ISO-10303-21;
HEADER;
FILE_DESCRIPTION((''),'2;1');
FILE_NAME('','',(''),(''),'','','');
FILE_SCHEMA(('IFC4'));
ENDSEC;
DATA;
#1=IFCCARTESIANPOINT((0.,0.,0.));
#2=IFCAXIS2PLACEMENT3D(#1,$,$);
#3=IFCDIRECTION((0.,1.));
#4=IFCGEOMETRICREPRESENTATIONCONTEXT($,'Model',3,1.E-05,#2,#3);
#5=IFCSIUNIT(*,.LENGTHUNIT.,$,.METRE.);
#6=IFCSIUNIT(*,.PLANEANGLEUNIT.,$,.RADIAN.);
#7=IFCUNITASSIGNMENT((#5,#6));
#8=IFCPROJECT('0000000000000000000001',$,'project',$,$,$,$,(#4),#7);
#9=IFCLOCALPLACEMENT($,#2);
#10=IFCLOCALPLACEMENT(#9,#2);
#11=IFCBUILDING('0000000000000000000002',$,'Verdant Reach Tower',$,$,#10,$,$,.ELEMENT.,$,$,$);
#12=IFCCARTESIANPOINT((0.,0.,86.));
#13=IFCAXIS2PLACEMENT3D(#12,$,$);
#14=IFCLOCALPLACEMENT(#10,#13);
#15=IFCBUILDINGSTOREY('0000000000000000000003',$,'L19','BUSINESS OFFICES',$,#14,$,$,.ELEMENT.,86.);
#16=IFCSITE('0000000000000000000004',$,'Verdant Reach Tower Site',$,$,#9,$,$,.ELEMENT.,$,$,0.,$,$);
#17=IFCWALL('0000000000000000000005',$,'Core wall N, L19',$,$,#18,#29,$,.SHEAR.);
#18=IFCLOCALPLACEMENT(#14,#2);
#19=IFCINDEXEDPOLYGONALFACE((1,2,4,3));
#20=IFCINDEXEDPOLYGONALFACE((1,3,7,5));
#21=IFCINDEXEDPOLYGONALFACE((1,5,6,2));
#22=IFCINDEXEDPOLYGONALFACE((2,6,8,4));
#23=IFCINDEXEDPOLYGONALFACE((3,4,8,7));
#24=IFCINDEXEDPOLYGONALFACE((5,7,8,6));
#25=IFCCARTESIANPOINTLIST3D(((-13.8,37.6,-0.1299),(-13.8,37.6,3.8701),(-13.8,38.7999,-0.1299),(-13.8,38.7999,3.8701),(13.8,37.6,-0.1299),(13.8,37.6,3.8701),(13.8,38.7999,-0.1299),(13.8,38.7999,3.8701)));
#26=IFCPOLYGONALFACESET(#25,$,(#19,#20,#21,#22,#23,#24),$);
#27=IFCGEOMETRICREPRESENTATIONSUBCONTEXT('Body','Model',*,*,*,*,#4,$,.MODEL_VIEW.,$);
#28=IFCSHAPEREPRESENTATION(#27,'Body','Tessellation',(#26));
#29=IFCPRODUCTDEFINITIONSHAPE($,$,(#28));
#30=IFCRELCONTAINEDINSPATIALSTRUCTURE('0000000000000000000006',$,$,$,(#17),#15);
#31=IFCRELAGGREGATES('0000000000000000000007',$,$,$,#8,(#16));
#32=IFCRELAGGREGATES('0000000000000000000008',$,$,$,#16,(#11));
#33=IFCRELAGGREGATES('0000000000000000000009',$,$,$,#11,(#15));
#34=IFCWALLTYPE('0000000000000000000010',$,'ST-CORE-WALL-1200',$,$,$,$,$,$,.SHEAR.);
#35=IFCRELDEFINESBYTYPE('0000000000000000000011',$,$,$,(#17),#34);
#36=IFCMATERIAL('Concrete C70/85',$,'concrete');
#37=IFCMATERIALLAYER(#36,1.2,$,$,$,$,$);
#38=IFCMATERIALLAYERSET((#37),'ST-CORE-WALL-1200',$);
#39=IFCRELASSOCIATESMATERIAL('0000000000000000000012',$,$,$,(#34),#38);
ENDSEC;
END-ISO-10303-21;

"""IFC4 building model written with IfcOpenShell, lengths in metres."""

from ifc_helpers import new_model, si_unit, direction, frame, frame_2d, origin, place, context, subcontext, project, spatial, rectangle, extrude, material, layer, layer_set, type_object, element, save


model = new_model("IFC4")

# Units and contexts
model_context = context("Model", 3, precision=1e-05, world=origin(), true_north=direction((0.0, 1.0)))
body_context = subcontext(model_context, "Body", "Model", "MODEL_VIEW")
ifc_project = project(units=[si_unit("LENGTHUNIT", "METRE"), si_unit("PLANEANGLEUNIT", "RADIAN")], contexts=[model_context])

# Site, building, storey
site_placement = place(None, origin())
site = spatial("IfcSite", under=ifc_project, at=site_placement, Name="Verdant Reach Tower Site", CompositionType="ELEMENT", RefElevation=0.0)
building_placement = place(site_placement, origin())
building = spatial("IfcBuilding", under=site, at=building_placement, Name="Verdant Reach Tower", CompositionType="ELEMENT")
storey_placement = place(building_placement, frame((0.0, 0.0, 86.0)))
storey = spatial("IfcBuildingStorey", under=building, at=storey_placement, Name="L19", Description="BUSINESS OFFICES", CompositionType="ELEMENT", Elevation=86.0)

# Wall
ifc_material_1 = material(Name="Concrete C70/85", Category="concrete")
ifc_layer_1 = layer(ifc_material_1, 1.2)
ifc_layer_set_1 = layer_set([ifc_layer_1], Name="ST-CORE-WALL-1200")
wall_type_1 = type_object("IfcWallType", Name="ST-CORE-WALL-1200", PredefinedType="SHEAR", material=ifc_layer_set_1)
wall_1_placement = place(storey_placement, frame((-13.8, 38.2, -0.1299), z_axis=(0.0, 0.0, 1.0), x_axis=(1.0, 0.0, 0.0)))
element("IfcWall", 1, at=wall_1_placement, inside=storey, type_object=wall_type_1, Name="Core wall N, L19", PredefinedType="SHEAR", context=body_context, shape_type="SweptSolid", body=[
    extrude(rectangle(XDim=27.6001, YDim=1.2, at=frame_2d((13.8, 0.0))), origin(), (0.0, 0.0, 1.0), 4.0),
])

save(model, "model.ifc")
